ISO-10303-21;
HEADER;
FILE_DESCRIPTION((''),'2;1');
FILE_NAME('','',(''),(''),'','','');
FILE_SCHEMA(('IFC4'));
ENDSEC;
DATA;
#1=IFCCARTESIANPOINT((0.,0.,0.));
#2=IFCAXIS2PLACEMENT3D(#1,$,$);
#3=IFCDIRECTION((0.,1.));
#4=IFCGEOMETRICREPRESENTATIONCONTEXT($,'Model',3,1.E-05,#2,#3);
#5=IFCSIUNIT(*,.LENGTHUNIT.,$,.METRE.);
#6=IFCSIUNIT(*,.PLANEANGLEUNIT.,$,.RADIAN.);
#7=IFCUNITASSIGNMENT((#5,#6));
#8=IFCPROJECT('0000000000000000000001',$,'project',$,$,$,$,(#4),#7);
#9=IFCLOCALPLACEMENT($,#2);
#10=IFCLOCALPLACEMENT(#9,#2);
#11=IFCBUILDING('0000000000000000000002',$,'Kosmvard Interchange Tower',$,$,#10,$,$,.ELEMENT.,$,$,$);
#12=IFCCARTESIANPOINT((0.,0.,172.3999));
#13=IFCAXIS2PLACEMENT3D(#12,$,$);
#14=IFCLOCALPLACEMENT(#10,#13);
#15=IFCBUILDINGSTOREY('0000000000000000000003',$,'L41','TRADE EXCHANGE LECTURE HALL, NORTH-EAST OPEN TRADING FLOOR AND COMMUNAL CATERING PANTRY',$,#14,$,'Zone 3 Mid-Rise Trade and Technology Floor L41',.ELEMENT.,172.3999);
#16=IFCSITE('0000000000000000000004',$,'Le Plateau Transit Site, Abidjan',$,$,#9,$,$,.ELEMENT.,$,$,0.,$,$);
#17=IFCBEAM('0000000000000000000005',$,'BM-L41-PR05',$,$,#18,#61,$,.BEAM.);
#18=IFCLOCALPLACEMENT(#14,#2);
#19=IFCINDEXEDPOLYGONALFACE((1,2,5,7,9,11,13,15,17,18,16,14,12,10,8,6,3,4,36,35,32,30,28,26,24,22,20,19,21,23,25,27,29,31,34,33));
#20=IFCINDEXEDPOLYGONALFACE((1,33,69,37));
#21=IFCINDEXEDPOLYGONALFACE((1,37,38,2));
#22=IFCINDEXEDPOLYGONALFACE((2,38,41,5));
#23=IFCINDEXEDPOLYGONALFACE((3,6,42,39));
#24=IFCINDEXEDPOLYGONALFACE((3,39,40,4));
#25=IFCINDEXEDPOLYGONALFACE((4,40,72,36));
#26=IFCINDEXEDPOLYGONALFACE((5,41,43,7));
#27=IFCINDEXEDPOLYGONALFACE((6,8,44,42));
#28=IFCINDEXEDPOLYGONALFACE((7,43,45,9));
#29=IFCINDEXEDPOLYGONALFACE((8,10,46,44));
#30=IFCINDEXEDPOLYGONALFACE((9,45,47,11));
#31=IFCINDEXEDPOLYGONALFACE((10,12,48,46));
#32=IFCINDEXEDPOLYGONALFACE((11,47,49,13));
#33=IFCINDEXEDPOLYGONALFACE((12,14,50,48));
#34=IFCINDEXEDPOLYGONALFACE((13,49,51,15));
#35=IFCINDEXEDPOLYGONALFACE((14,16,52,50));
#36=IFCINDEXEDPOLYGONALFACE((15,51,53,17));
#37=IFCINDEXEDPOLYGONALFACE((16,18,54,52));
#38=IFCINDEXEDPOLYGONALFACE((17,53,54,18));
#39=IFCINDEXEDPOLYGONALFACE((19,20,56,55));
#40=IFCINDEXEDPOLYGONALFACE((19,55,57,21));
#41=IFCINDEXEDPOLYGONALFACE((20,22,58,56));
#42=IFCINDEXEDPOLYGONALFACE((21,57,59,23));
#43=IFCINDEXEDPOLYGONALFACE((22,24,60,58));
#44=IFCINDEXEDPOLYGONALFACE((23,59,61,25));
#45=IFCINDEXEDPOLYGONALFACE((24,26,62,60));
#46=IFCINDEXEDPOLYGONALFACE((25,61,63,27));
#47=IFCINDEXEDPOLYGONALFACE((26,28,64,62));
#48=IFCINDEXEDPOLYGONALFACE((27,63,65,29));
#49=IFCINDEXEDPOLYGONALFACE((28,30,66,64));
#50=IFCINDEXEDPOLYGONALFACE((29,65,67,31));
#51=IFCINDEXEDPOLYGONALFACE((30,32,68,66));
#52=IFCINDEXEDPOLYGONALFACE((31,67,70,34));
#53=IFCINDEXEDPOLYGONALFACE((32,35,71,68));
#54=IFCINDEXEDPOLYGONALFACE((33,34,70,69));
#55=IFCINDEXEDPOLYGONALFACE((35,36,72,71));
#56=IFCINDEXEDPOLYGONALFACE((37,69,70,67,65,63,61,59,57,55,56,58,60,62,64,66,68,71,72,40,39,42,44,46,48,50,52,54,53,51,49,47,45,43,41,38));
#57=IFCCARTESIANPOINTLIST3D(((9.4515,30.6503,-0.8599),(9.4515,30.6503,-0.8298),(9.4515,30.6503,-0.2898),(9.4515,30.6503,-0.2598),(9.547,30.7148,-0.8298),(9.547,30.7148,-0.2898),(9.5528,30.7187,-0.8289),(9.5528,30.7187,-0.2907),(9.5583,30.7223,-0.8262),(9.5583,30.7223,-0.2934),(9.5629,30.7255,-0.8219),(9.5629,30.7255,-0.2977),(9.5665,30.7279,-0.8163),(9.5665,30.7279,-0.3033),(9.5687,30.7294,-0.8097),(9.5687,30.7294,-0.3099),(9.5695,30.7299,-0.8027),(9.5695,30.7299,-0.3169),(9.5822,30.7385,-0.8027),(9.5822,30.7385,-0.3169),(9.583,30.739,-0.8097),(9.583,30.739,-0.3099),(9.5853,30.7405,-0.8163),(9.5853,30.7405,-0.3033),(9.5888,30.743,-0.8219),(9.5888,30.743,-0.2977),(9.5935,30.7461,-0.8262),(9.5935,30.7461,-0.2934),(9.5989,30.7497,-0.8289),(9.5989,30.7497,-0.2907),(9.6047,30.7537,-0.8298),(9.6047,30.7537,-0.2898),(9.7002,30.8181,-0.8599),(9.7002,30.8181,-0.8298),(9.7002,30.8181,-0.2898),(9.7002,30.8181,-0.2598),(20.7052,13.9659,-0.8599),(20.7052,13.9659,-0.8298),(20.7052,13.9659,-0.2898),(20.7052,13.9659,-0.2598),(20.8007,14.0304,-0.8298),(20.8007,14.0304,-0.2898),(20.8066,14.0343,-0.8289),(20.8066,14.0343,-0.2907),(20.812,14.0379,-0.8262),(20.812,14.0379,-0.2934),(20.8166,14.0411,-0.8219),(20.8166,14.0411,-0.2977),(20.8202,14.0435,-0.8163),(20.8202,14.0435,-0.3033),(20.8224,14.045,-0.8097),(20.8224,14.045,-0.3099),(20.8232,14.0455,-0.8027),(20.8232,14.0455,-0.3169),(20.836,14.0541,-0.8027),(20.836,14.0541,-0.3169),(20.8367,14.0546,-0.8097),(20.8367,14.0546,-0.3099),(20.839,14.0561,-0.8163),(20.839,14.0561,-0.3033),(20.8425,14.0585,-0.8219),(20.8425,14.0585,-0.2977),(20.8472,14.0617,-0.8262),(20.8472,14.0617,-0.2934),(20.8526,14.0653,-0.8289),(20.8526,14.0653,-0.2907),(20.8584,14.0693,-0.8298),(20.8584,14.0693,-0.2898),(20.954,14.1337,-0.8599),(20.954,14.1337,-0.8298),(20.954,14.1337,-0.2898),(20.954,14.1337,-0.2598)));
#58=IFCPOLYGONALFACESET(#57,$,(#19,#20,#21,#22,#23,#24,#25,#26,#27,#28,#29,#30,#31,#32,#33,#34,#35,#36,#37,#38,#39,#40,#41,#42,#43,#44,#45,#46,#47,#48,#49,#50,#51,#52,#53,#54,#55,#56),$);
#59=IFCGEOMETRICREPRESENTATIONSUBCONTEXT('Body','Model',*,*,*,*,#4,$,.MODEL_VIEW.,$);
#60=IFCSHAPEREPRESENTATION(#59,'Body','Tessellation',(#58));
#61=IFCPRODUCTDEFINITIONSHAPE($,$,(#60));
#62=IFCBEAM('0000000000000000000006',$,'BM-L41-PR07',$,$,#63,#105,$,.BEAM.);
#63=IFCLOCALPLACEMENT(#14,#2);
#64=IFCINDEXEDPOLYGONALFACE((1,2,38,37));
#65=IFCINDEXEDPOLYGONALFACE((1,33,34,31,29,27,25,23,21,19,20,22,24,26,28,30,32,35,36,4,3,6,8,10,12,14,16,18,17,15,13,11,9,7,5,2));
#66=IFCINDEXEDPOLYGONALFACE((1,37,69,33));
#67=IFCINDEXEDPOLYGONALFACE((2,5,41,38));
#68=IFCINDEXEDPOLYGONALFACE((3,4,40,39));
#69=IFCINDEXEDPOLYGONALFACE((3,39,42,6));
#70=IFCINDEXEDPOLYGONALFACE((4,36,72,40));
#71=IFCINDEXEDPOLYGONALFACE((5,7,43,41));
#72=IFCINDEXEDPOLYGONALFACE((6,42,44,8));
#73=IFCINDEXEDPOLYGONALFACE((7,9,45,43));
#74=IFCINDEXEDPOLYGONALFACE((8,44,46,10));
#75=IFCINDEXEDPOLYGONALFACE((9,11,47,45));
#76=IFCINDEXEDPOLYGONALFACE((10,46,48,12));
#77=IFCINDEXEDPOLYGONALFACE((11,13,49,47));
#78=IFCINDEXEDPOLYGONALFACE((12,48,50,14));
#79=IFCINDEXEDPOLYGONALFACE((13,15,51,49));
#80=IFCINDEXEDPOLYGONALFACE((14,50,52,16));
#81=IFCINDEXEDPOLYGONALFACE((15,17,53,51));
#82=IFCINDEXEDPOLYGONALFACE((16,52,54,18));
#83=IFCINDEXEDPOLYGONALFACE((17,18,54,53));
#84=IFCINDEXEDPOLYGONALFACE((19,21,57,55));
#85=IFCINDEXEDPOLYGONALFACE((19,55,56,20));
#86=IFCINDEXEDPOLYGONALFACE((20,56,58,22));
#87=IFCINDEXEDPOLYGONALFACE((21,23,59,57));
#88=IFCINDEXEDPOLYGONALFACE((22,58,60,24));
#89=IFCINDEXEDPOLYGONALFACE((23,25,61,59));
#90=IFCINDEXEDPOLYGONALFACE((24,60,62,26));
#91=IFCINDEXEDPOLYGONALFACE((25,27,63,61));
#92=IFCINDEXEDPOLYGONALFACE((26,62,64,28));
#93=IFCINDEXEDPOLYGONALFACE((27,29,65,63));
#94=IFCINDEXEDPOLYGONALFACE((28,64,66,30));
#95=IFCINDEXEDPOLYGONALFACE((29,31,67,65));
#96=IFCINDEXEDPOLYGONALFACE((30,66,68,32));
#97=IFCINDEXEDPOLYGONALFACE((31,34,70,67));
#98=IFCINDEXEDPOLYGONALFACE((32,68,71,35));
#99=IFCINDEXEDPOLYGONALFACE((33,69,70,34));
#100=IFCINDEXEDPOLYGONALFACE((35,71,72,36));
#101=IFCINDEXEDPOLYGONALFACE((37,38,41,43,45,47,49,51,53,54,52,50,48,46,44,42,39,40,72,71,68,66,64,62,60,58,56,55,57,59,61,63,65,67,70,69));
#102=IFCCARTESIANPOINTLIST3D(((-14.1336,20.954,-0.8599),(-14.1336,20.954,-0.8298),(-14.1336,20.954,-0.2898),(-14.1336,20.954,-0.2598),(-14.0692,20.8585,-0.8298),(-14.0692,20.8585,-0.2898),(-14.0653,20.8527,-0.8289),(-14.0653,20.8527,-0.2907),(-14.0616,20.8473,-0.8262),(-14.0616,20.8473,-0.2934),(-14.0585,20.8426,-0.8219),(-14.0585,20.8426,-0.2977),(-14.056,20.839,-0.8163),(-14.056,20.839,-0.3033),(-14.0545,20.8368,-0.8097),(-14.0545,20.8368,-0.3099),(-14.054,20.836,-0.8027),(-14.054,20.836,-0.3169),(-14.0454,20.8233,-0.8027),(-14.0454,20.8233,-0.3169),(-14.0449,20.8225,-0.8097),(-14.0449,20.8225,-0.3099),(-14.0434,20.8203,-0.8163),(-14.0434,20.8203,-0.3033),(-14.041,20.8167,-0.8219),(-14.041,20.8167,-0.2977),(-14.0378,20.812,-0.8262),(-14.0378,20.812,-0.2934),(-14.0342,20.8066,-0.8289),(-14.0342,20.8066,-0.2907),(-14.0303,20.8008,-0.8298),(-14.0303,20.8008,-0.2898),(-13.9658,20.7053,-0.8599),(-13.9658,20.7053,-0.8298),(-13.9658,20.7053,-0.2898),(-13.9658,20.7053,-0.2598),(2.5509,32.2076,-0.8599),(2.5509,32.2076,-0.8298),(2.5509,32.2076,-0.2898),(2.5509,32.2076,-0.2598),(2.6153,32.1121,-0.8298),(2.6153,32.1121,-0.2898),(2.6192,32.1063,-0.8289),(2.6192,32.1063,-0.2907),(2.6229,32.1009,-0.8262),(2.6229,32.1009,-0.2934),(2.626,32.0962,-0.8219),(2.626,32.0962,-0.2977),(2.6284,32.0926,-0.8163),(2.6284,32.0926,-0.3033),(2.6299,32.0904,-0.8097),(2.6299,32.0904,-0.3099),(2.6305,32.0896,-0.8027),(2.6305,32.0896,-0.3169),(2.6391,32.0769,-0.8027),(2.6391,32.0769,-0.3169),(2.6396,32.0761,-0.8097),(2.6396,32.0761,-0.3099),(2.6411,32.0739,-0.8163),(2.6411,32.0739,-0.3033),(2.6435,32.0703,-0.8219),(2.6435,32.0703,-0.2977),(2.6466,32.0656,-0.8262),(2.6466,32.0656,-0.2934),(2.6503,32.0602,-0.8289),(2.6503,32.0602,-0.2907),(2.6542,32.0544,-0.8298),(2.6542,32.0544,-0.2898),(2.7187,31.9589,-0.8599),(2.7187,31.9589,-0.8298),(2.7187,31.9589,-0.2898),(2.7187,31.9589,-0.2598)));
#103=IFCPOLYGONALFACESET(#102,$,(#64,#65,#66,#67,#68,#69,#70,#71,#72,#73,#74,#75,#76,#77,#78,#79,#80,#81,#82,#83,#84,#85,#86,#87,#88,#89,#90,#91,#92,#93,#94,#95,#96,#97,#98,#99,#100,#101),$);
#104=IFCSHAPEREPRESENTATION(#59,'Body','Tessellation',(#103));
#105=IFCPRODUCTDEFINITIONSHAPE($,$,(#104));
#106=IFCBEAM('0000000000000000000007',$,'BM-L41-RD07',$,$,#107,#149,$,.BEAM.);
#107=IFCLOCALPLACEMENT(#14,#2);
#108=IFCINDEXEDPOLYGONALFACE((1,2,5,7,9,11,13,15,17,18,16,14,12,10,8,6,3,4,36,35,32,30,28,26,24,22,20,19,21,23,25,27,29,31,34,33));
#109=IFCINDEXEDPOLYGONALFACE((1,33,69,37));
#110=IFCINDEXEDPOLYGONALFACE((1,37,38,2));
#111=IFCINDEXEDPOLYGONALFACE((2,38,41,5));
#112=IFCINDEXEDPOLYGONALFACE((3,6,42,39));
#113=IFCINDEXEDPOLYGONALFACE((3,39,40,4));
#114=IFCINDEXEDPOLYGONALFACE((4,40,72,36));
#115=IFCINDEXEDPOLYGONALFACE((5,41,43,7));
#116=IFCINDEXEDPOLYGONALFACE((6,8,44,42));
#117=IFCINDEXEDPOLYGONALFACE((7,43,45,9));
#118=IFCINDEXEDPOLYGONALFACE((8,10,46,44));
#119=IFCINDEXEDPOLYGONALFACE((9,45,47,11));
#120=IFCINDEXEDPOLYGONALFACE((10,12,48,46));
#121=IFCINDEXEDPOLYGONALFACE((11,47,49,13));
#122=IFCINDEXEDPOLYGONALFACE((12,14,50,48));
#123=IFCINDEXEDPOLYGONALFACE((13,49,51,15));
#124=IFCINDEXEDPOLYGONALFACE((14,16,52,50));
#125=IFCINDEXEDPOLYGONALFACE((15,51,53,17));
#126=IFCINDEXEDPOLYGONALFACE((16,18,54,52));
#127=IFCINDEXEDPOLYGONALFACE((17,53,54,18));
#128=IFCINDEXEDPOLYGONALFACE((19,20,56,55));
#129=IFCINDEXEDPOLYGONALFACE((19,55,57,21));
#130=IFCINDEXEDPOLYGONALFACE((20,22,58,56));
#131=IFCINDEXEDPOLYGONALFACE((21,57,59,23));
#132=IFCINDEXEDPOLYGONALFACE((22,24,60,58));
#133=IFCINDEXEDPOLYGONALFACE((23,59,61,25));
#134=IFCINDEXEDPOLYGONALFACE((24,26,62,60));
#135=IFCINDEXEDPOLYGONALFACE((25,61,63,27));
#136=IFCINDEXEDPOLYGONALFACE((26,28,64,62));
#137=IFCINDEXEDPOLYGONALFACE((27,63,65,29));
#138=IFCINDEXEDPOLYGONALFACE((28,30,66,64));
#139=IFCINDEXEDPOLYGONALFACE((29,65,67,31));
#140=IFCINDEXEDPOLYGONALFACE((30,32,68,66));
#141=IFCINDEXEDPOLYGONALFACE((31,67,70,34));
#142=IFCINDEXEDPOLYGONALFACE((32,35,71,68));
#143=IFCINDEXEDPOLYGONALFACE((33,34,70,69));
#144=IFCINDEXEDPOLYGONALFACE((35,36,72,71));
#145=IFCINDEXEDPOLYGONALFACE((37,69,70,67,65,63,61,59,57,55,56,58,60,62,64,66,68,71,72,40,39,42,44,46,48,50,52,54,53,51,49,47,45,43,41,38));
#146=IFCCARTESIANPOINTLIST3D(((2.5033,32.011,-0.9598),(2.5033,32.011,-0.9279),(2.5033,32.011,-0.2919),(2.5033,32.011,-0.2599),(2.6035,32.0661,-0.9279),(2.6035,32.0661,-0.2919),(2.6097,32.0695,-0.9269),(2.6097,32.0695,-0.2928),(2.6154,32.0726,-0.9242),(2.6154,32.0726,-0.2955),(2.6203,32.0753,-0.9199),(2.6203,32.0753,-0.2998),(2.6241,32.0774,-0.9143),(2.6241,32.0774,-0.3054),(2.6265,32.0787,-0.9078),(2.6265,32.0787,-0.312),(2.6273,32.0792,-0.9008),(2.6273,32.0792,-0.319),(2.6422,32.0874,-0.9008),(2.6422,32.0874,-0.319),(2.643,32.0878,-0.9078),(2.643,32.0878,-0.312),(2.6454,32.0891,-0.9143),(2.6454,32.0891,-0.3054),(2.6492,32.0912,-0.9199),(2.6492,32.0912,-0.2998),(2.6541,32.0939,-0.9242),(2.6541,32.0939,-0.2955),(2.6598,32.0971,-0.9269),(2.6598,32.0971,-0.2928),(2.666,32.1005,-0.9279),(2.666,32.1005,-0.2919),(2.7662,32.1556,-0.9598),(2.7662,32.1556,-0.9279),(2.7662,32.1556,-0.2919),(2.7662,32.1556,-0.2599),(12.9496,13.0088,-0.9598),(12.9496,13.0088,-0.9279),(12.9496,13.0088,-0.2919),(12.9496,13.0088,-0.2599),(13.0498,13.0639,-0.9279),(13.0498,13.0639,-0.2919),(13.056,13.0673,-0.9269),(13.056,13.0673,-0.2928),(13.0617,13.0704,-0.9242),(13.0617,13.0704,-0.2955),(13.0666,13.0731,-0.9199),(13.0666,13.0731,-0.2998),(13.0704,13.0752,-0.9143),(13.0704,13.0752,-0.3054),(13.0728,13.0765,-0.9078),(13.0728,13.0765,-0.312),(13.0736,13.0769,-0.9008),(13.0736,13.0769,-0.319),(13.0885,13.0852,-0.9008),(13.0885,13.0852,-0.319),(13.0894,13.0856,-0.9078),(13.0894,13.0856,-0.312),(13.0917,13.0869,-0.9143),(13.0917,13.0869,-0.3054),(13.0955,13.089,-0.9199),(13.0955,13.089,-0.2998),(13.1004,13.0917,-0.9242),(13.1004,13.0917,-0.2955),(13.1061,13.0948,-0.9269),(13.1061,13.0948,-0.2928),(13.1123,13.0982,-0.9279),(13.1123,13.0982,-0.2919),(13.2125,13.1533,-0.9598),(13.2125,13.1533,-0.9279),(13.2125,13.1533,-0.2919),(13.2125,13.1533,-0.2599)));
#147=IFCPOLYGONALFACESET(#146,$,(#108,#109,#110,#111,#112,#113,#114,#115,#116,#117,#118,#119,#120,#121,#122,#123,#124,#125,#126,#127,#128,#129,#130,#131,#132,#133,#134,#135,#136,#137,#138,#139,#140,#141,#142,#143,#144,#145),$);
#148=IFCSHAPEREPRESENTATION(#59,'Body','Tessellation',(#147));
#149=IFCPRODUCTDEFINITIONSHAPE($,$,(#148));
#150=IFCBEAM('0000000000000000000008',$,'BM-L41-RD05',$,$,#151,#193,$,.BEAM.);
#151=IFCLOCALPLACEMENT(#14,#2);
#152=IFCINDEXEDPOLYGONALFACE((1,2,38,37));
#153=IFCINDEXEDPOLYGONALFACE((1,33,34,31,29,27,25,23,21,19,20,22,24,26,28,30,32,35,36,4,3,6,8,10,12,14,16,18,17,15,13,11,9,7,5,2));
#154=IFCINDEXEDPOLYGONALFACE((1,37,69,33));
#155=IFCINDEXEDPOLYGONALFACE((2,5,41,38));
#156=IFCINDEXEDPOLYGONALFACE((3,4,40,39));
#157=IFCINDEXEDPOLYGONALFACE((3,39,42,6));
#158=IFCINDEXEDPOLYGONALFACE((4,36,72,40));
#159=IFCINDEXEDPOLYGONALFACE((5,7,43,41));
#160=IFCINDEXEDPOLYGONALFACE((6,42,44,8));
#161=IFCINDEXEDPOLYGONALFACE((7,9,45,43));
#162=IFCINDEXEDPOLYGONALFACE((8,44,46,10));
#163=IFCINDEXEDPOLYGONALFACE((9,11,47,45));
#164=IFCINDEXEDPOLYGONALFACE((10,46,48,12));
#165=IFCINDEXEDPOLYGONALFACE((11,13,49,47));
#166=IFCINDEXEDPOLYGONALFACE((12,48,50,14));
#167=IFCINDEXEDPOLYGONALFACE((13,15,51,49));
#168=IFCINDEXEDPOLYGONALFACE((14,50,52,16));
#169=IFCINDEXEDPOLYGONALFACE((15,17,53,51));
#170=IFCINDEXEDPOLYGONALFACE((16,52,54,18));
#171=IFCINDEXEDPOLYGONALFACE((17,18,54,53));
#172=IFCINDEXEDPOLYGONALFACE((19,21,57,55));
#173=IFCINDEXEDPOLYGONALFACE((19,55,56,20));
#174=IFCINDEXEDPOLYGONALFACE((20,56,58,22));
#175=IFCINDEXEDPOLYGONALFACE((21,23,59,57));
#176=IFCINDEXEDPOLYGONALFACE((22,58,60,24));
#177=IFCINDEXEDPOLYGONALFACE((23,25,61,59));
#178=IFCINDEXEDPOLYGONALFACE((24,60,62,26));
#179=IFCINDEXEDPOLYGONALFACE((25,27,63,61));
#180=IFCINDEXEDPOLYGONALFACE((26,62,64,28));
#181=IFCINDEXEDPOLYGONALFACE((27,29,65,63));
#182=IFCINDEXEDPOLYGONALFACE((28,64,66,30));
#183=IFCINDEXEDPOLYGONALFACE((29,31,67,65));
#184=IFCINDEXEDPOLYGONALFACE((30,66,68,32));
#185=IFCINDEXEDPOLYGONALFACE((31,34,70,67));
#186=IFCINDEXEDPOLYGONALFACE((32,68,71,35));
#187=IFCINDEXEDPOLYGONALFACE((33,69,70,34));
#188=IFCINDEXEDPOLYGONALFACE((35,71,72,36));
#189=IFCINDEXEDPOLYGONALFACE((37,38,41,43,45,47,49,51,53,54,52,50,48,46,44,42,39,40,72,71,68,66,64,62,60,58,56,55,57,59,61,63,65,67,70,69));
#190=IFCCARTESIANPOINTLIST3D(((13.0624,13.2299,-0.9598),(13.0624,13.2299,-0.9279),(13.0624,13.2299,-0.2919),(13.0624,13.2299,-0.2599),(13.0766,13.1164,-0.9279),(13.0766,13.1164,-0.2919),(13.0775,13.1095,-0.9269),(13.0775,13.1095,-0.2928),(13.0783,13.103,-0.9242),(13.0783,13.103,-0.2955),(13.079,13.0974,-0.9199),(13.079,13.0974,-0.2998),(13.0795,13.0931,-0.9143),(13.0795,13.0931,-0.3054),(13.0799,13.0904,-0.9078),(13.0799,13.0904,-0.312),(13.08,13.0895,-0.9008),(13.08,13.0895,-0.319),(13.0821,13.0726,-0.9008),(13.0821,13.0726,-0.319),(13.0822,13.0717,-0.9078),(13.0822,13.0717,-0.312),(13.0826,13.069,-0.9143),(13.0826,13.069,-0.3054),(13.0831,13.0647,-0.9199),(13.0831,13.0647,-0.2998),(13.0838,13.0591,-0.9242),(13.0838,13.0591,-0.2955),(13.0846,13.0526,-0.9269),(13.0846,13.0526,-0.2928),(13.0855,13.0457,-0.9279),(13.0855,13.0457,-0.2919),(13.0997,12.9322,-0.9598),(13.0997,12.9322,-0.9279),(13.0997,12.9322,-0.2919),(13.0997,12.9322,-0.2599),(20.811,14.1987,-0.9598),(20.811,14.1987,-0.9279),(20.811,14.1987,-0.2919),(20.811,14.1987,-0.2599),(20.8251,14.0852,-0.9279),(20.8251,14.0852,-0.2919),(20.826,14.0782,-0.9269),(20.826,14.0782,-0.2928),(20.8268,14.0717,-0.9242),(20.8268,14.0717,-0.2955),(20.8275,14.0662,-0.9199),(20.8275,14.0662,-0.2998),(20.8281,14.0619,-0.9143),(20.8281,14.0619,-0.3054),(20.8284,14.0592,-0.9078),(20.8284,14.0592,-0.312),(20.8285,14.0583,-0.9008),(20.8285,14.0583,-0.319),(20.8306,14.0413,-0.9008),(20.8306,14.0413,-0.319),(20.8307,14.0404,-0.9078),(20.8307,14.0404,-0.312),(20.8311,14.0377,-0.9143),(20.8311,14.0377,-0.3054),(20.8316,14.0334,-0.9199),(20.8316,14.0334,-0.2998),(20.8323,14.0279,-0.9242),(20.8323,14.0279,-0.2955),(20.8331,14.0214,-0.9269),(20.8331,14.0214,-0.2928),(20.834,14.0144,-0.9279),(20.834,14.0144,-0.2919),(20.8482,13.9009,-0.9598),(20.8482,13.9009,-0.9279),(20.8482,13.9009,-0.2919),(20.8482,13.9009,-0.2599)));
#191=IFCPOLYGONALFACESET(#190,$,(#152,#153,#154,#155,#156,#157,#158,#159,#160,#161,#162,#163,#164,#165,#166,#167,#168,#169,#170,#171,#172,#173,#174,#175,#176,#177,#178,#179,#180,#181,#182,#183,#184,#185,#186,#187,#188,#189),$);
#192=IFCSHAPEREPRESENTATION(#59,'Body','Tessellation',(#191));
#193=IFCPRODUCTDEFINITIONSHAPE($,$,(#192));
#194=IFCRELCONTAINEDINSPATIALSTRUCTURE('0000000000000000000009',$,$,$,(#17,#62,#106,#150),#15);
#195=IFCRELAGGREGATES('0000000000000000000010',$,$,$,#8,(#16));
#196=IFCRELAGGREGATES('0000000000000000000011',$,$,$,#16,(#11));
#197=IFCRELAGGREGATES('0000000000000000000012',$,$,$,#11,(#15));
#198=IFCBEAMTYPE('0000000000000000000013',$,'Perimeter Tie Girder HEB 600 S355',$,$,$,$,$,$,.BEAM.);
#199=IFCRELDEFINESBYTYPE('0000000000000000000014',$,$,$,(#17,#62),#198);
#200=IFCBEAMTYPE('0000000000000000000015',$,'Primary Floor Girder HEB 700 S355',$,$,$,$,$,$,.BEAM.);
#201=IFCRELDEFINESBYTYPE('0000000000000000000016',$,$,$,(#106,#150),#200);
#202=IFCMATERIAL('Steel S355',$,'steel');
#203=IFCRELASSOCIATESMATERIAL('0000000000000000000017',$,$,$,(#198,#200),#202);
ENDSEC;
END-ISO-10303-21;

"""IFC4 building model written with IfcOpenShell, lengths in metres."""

from ifc_helpers import new_model, si_unit, direction, frame, origin, origin_2d, place, context, subcontext, project, spatial, i_section, extrude, source, transform, mapped, material, material_profile, profile_set, type_object, element, save


model = new_model("IFC4")

# Units and contexts
model_context = context("Model", 3, precision=1e-05, world=origin(), true_north=direction((0.0, 1.0)))
body_context = subcontext(model_context, "Body", "Model", "MODEL_VIEW")
ifc_project = project(units=[si_unit("LENGTHUNIT", "METRE"), si_unit("PLANEANGLEUNIT", "RADIAN")], contexts=[model_context])

# Site, building, storey
site_placement = place(None, origin())
site = spatial("IfcSite", under=ifc_project, at=site_placement, Name="Le Plateau Transit Site, Abidjan", CompositionType="ELEMENT", RefElevation=0.0)
building_placement = place(site_placement, origin())
building = spatial("IfcBuilding", under=site, at=building_placement, Name="Kosmvard Interchange Tower", CompositionType="ELEMENT")
storey_placement = place(building_placement, frame((0.0, 0.0, 172.3999)))
storey = spatial("IfcBuildingStorey", under=building, at=storey_placement, Name="L41", Description="TRADE EXCHANGE LECTURE HALL, NORTH-EAST OPEN TRADING FLOOR AND COMMUNAL CATERING PANTRY", LongName="Zone 3 Mid-Rise Trade and Technology Floor L41", CompositionType="ELEMENT", Elevation=172.3999)

# Beams
ifc_material_1 = material(Name="Steel S355", Category="steel")
ifc_material_profile_1 = material_profile(ifc_material_1, i_section(OverallWidth=0.3, OverallDepth=0.6001, WebThickness=0.0154, FlangeThickness=0.03, FilletRadius=0.0271, at=origin_2d()), Name="HEB 600")
ifc_profile_set_1 = profile_set([ifc_material_profile_1], Name="Steel S355")
beam_type_1 = type_object("IfcBeamType", Name="Perimeter Tie Girder HEB 600 S355", PredefinedType="BEAM", material=ifc_profile_set_1)
shared_shape_1 = source(origin(), body_context, "Body", "SweptSolid", [
    extrude(i_section(OverallWidth=0.3, OverallDepth=0.6001, WebThickness=0.0154, FlangeThickness=0.03, FilletRadius=0.0271, at=origin_2d()), origin(), (0.0, 0.0, 1.0), 20.125),
])
for number, where, z_axis, x_axis, name in (
    (1, (20.8296, 14.0498, -0.5598), (-0.559191, 0.829039, 0.0), (-0.829039, -0.559191, 0.0), "BM-L41-PR05"),
    (2, (2.6348, 32.0833, -0.5598), (-0.829043, -0.559185, 0.0), (0.559185, -0.829043, 0.0), "BM-L41-PR07"),
):
    element("IfcBeam", number, at=place(storey_placement, frame(where, z_axis=z_axis, x_axis=x_axis)), inside=storey, type_object=beam_type_1, Name=name, PredefinedType="BEAM", context=body_context, shape_type="MappedRepresentation", body=[
        mapped(shared_shape_1, transform((0.0, 0.0, 0.0), scale=1.0)),
    ])
ifc_material_profile_2 = material_profile(ifc_material_1, i_section(OverallWidth=0.3, OverallDepth=0.7, WebThickness=0.0171, FlangeThickness=0.032, FilletRadius=0.0271, at=origin_2d()), Name="HEB 700")
ifc_profile_set_2 = profile_set([ifc_material_profile_2], Name="Steel S355")
beam_type_2 = type_object("IfcBeamType", Name="Primary Floor Girder HEB 700 S355", PredefinedType="BEAM", material=ifc_profile_set_2)
shared_shape_2 = source(origin(), body_context, "Body", "SweptSolid", [
    extrude(i_section(OverallWidth=0.3, OverallDepth=0.7, WebThickness=0.0171, FlangeThickness=0.032, FilletRadius=0.0271, at=origin_2d()), origin(), (0.0, 0.0, 1.0), 21.6843),
])
beam_1_placement = place(storey_placement, frame((13.0811, 13.0811, -0.6099), z_axis=(-0.481745, 0.876312, 0.0), x_axis=(-0.876312, -0.481745, 0.0)))
element("IfcBeam", 3, at=beam_1_placement, inside=storey, type_object=beam_type_2, Name="BM-L41-RD07", PredefinedType="BEAM", context=body_context, shape_type="MappedRepresentation", body=[
    mapped(shared_shape_2, transform((0.0, 0.0, 0.0), scale=1.0)),
])
shared_shape_3 = source(origin(), body_context, "Body", "SweptSolid", [
    extrude(i_section(OverallWidth=0.3, OverallDepth=0.7, WebThickness=0.0171, FlangeThickness=0.032, FilletRadius=0.0271, at=origin_2d()), origin(), (0.0, 0.0, 1.0), 7.8088),
])
beam_2_placement = place(storey_placement, frame((13.0811, 13.0811, -0.6099), z_axis=(0.992275, 0.124058, 0.0), x_axis=(-0.124058, 0.992275, 0.0)))
element("IfcBeam", 4, at=beam_2_placement, inside=storey, type_object=beam_type_2, Name="BM-L41-RD05", PredefinedType="BEAM", context=body_context, shape_type="MappedRepresentation", body=[
    mapped(shared_shape_3, transform((0.0, 0.0, 0.0), scale=1.0)),
])

save(model, "model.ifc")
